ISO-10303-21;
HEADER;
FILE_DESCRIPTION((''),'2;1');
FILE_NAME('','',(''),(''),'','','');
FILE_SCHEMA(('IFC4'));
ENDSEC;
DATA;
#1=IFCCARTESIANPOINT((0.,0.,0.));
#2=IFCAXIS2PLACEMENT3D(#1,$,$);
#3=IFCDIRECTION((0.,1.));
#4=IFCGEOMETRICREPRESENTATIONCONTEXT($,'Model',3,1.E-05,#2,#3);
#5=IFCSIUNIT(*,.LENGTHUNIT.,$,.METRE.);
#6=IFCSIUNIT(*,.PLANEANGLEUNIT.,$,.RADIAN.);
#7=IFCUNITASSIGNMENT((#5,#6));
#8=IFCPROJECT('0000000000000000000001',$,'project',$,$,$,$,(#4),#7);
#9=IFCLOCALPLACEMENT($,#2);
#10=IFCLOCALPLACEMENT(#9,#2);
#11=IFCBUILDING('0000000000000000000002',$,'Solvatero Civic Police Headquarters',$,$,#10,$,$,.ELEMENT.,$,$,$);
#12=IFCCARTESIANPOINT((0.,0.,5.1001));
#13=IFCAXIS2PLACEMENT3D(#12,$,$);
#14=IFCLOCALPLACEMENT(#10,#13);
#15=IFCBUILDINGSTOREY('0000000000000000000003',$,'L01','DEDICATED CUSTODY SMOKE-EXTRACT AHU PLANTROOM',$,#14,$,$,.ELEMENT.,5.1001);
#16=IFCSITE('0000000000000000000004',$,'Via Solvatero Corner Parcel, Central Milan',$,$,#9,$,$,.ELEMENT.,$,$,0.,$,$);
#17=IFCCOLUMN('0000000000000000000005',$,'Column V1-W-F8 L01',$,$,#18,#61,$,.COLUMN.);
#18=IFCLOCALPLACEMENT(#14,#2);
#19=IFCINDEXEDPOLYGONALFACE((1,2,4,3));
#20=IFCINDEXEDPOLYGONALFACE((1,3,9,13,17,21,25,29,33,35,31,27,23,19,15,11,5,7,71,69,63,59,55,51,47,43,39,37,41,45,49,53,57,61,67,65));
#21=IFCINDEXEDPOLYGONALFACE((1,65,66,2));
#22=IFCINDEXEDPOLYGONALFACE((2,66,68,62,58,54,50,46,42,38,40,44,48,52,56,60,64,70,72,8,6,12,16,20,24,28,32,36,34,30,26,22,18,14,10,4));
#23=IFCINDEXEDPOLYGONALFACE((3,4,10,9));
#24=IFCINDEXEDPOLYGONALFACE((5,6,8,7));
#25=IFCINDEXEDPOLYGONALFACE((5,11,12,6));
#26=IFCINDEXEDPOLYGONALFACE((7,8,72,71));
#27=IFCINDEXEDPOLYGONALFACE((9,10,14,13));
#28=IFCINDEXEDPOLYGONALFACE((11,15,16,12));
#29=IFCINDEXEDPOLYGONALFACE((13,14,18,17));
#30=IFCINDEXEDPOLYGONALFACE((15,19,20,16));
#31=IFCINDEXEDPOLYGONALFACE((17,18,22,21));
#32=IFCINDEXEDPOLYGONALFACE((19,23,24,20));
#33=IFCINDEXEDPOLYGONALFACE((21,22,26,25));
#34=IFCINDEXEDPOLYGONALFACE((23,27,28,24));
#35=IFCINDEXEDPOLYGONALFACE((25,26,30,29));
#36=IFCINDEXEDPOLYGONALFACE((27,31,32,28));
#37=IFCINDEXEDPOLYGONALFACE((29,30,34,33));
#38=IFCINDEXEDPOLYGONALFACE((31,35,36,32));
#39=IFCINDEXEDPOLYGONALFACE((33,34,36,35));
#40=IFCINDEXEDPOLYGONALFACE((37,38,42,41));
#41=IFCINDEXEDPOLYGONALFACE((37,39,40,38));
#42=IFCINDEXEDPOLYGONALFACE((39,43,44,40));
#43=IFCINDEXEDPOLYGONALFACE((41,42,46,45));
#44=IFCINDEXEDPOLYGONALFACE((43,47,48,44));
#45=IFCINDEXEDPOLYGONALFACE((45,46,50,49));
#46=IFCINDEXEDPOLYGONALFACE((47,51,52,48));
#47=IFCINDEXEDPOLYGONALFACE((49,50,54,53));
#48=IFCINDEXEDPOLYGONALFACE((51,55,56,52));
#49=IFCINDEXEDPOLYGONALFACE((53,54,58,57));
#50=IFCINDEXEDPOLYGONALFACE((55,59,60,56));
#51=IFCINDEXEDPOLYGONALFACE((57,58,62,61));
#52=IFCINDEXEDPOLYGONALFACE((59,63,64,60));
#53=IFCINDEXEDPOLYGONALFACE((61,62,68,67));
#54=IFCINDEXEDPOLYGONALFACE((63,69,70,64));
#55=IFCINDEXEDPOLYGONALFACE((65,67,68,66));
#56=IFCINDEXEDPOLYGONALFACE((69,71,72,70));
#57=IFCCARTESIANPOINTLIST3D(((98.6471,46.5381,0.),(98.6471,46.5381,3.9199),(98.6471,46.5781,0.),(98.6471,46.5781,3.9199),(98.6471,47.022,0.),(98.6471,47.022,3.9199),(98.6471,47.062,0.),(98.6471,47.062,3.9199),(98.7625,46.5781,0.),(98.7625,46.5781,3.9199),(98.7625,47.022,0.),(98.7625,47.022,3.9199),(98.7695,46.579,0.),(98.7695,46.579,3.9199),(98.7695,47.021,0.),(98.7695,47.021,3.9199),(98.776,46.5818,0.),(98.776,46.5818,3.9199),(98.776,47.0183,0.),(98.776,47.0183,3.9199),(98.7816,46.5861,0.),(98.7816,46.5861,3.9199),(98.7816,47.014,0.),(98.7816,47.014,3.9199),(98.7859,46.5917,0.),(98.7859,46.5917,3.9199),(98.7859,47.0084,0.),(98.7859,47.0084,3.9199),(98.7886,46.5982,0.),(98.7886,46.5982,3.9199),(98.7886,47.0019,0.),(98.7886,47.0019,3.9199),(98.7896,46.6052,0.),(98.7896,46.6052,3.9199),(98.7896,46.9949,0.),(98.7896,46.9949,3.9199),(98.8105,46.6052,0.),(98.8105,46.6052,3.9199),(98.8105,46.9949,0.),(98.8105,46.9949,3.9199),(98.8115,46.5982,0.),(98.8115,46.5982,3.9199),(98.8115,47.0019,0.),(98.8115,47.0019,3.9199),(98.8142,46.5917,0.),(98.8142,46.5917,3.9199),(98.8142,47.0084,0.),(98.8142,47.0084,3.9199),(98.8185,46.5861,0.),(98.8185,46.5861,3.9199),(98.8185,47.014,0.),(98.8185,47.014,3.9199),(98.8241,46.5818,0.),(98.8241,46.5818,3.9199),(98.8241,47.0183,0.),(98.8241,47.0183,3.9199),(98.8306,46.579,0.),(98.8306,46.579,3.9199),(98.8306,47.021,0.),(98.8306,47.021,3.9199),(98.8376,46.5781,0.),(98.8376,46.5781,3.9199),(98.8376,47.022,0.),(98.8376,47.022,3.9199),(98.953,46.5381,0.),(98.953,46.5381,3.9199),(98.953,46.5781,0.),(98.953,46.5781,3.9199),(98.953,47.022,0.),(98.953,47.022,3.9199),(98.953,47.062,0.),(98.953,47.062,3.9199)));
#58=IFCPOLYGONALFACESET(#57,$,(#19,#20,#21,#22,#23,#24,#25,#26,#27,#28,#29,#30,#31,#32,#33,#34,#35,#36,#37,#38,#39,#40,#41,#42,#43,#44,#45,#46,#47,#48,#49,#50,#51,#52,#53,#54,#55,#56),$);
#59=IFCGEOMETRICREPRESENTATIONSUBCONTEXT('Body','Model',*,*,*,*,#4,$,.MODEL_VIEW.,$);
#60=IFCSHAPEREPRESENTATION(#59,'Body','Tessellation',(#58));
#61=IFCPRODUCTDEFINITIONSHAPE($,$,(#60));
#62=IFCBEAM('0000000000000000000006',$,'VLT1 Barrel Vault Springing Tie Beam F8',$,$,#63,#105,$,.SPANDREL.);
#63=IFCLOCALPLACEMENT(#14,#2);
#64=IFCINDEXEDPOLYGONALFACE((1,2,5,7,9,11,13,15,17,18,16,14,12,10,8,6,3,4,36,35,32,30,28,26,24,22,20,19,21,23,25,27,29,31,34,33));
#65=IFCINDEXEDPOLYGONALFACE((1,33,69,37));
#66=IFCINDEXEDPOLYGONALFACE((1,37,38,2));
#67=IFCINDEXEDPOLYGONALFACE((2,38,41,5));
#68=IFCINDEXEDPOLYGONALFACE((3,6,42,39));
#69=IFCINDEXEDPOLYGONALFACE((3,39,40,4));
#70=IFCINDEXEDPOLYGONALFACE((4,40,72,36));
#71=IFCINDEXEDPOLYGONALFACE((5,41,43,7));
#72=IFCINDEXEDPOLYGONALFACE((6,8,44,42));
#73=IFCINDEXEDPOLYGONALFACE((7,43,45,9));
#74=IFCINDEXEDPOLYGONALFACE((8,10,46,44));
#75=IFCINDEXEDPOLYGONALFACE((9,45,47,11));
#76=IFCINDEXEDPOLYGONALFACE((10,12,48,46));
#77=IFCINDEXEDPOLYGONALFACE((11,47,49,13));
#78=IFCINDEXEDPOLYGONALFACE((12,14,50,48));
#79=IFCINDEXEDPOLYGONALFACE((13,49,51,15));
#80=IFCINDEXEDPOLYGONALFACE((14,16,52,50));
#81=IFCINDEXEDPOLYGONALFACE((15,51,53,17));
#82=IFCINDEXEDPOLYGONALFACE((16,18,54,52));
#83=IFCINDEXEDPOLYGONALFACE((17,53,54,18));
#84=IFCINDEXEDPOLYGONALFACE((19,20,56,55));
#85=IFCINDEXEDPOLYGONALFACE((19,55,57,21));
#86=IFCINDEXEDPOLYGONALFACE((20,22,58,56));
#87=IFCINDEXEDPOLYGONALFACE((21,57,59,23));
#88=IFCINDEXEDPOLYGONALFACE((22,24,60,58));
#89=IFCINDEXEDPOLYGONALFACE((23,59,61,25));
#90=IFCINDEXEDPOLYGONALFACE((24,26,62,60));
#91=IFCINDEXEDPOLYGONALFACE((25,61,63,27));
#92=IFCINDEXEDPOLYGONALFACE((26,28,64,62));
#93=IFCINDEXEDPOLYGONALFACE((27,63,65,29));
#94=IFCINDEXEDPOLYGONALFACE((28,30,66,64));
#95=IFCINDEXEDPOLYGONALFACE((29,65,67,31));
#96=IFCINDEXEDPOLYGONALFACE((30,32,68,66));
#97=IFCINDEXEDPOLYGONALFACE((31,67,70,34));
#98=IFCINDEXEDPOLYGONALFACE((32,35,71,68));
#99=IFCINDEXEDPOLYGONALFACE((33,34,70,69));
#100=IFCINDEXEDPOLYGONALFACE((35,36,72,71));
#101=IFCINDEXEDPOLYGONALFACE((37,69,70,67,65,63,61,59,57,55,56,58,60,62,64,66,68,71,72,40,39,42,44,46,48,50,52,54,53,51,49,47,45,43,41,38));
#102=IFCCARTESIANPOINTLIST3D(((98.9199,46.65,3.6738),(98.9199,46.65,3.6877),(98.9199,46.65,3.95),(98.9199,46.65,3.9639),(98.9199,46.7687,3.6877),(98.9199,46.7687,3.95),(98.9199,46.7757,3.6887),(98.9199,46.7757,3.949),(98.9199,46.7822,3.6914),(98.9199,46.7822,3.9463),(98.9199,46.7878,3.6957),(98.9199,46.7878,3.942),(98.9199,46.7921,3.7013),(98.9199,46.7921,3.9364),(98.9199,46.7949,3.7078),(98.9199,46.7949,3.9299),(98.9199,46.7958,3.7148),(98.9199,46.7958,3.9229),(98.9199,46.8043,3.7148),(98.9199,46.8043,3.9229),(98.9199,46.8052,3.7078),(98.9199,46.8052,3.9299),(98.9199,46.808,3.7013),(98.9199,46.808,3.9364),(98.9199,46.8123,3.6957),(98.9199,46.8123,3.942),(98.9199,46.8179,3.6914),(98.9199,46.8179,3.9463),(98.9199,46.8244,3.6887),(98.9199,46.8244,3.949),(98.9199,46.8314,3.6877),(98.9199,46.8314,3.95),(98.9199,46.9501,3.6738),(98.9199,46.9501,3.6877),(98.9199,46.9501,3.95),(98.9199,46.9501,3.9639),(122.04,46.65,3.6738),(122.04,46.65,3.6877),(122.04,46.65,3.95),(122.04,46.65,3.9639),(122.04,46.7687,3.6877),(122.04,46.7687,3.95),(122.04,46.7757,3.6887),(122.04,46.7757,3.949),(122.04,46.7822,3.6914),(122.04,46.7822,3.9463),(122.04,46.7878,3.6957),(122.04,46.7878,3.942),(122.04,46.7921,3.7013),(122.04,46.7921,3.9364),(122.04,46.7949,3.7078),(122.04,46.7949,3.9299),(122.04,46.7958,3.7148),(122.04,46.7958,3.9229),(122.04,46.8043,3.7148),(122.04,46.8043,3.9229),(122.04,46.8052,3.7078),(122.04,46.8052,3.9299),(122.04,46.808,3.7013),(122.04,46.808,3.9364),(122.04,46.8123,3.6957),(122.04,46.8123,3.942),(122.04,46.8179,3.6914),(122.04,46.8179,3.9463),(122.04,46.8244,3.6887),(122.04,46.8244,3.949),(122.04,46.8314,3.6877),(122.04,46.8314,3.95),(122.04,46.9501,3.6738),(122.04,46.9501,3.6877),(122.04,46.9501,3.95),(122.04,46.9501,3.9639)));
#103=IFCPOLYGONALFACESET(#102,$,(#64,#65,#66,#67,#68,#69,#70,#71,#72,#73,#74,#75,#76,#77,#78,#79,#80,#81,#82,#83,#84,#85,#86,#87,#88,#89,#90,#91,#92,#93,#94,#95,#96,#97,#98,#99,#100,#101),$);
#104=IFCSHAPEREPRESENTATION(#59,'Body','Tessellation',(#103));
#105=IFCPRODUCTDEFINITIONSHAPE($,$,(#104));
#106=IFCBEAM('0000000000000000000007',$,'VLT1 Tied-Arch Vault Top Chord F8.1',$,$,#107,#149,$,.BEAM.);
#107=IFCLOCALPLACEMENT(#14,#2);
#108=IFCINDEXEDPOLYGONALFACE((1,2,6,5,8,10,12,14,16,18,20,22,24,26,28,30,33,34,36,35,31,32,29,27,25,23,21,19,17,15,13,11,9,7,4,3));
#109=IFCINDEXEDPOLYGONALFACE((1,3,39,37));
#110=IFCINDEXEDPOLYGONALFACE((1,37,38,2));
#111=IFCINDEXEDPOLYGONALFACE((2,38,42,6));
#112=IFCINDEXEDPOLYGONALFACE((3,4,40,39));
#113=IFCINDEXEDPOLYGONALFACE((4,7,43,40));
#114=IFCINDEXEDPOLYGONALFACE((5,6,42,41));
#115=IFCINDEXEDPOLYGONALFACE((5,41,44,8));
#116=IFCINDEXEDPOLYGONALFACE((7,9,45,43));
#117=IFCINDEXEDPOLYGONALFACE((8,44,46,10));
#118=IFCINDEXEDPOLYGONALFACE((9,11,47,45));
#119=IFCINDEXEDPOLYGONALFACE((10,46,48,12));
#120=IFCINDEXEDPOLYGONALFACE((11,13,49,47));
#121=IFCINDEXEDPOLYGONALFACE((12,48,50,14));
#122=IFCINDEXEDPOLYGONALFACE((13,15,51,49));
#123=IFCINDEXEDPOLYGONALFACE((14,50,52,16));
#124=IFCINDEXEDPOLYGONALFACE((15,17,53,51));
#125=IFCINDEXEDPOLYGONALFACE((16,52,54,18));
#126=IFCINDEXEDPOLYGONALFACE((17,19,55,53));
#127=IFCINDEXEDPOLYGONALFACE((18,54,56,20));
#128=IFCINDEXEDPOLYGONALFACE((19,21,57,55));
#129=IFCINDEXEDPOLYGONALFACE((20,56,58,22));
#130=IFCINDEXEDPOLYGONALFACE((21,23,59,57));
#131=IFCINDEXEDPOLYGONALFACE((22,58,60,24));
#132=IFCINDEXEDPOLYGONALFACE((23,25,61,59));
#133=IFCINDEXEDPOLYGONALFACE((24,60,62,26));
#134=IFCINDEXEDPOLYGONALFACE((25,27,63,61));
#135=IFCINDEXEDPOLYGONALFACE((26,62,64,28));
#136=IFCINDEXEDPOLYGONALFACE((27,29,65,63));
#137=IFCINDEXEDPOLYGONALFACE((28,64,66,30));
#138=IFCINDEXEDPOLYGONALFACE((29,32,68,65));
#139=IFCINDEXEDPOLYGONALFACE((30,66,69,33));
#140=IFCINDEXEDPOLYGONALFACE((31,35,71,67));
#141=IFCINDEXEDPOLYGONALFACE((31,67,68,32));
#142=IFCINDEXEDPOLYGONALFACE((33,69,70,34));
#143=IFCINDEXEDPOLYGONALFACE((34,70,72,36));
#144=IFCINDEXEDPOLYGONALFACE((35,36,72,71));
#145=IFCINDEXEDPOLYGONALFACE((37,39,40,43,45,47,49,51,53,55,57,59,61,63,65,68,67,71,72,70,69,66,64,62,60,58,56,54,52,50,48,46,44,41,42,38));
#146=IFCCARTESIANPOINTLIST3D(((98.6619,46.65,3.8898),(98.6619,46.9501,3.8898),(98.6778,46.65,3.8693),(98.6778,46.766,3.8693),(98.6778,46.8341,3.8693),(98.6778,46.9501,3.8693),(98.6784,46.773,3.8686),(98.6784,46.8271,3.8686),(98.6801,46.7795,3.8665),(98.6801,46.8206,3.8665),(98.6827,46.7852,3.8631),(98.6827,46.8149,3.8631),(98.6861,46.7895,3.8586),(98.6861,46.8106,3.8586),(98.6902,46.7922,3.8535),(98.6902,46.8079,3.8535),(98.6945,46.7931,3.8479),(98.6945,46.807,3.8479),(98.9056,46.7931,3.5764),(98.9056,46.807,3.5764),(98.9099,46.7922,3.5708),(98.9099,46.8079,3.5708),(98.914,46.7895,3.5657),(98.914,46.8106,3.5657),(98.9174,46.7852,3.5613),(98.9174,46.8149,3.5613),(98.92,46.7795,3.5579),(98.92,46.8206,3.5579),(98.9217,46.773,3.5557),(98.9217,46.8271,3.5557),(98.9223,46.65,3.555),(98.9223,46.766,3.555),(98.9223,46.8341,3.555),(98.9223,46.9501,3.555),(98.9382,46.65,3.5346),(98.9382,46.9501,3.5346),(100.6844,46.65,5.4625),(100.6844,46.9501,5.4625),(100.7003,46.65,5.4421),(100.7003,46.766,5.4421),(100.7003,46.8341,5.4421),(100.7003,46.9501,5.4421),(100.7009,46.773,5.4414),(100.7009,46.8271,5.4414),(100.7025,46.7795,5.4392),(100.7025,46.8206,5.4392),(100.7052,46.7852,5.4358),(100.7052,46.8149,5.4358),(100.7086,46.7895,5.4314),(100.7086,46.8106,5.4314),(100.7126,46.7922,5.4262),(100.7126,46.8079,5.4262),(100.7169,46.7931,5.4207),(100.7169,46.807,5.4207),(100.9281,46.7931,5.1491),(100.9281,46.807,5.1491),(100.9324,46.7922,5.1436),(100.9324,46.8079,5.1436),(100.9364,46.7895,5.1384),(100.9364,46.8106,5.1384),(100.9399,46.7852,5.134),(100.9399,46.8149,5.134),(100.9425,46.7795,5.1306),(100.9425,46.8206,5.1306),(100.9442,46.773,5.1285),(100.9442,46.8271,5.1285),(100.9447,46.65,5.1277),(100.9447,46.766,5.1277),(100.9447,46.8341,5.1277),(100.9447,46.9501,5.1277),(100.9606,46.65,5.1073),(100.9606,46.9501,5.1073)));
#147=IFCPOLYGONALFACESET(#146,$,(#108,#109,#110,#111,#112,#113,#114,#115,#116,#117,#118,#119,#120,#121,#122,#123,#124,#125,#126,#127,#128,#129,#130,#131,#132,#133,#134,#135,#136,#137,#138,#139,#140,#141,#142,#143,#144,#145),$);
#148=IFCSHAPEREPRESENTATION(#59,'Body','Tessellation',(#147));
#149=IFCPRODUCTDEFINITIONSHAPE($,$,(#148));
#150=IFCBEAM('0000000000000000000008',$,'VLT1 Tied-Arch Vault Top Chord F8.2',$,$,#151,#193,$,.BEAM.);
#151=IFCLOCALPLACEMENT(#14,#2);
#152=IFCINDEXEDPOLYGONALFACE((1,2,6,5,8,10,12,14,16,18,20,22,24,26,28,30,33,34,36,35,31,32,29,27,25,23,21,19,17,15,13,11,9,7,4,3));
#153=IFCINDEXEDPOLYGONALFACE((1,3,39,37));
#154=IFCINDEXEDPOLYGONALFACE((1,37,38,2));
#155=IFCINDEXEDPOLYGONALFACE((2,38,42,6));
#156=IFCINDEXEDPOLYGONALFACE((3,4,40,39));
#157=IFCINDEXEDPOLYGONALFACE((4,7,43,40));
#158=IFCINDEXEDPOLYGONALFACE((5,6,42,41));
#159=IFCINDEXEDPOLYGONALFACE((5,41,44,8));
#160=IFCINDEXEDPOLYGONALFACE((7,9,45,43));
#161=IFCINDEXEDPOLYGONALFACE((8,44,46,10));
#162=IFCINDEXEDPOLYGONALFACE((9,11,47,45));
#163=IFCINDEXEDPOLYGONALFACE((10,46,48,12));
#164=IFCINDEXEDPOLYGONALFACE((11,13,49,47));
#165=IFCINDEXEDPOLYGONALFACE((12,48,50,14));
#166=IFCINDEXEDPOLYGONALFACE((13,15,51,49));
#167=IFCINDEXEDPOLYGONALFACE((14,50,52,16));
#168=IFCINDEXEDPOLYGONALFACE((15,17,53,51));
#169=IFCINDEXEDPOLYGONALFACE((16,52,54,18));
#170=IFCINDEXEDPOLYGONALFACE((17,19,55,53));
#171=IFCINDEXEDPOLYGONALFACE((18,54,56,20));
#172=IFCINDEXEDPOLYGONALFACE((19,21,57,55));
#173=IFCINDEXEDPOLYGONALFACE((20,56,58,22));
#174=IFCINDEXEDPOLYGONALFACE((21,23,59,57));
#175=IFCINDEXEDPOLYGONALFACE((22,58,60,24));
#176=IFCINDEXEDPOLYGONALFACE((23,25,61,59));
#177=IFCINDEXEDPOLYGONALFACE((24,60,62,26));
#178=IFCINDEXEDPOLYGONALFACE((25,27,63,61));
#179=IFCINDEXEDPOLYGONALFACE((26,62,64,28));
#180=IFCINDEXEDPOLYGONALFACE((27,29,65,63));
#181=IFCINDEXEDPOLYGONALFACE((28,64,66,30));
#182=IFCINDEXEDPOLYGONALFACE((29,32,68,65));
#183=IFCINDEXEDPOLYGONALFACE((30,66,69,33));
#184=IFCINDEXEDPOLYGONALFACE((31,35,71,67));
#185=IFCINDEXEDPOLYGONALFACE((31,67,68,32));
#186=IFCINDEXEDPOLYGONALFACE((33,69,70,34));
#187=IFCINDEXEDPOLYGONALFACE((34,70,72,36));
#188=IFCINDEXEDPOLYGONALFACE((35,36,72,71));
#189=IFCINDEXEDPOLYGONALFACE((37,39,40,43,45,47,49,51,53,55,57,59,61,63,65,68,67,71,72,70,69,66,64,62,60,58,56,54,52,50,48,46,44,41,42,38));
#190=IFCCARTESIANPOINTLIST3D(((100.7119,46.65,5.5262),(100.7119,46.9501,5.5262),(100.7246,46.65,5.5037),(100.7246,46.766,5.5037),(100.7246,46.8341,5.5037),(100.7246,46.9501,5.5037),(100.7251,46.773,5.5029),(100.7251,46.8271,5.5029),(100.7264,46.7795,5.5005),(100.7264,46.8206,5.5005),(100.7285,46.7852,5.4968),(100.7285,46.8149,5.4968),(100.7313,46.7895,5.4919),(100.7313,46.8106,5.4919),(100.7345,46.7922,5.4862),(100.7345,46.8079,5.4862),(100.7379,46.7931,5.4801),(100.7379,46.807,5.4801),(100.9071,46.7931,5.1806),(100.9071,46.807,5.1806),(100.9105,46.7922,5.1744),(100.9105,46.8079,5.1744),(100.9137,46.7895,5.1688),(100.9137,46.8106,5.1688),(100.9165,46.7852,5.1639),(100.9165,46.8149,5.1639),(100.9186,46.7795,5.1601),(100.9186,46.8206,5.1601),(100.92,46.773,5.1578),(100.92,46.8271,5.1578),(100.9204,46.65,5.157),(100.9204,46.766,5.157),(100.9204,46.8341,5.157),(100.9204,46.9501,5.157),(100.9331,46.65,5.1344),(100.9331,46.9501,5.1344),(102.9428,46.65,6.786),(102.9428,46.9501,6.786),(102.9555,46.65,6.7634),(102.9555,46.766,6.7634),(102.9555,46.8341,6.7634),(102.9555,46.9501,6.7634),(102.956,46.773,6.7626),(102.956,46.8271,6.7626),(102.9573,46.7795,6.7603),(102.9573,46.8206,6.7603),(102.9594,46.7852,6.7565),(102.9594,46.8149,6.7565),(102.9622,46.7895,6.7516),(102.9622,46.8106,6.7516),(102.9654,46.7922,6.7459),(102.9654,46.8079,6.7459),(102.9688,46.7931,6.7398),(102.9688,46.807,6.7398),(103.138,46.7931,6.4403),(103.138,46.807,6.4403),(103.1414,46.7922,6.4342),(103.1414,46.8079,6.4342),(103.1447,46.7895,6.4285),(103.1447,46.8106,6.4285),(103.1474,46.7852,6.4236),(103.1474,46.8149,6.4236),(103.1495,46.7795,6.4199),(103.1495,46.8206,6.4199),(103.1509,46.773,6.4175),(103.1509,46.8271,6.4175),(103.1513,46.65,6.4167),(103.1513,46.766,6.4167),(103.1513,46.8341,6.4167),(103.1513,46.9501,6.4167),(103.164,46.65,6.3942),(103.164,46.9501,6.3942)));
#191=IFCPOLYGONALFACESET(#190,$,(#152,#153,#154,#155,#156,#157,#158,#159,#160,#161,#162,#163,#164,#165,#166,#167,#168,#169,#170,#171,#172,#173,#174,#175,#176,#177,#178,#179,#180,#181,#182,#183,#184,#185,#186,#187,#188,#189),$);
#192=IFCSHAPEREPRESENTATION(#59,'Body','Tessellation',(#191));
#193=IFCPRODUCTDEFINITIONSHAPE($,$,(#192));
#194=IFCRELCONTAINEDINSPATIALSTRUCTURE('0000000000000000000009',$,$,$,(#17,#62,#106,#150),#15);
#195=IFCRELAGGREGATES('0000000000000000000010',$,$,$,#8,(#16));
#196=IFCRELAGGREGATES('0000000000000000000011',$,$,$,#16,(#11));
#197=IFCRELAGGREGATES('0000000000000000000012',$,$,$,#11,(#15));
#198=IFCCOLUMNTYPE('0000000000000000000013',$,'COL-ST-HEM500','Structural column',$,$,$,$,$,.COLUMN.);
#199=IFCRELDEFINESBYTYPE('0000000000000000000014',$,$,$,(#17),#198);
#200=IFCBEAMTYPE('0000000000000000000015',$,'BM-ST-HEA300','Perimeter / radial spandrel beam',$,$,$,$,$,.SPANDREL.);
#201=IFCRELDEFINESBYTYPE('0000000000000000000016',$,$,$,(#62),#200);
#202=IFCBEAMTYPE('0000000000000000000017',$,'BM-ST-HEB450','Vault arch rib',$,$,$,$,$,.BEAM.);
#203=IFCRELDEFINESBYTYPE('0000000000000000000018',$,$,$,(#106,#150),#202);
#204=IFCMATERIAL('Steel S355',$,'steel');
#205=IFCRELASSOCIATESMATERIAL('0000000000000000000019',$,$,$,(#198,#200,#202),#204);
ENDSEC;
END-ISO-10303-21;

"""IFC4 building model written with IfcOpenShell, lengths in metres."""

from ifc_helpers import new_model, si_unit, direction, frame, origin, origin_2d, place, context, subcontext, project, spatial, i_section, extrude, material, material_profile, profile_set, type_object, element, save


model = new_model("IFC4")

# Units and contexts
model_context = context("Model", 3, precision=1e-05, world=origin(), true_north=direction((0.0, 1.0)))
body_context = subcontext(model_context, "Body", "Model", "MODEL_VIEW")
ifc_project = project(units=[si_unit("LENGTHUNIT", "METRE"), si_unit("PLANEANGLEUNIT", "RADIAN")], contexts=[model_context])

# Site, building, storey
site_placement = place(None, origin())
site = spatial("IfcSite", under=ifc_project, at=site_placement, Name="Via Solvatero Corner Parcel, Central Milan", CompositionType="ELEMENT", RefElevation=0.0)
building_placement = place(site_placement, origin())
building = spatial("IfcBuilding", under=site, at=building_placement, Name="Solvatero Civic Police Headquarters", CompositionType="ELEMENT")
storey_placement = place(building_placement, frame((0.0, 0.0, 5.1001)))
storey = spatial("IfcBuildingStorey", under=building, at=storey_placement, Name="L01", Description="DEDICATED CUSTODY SMOKE-EXTRACT AHU PLANTROOM", CompositionType="ELEMENT", Elevation=5.1001)

# Column
ifc_material_1 = material(Name="Steel S355", Category="steel")
ifc_material_profile_1 = material_profile(ifc_material_1, i_section(OverallWidth=0.3059, OverallDepth=0.5239, WebThickness=0.021, FlangeThickness=0.04, FilletRadius=0.0271, at=origin_2d()), Name="HEM 500")
ifc_profile_set_1 = profile_set([ifc_material_profile_1], Name="Steel S355")
column_type = type_object("IfcColumnType", Name="COL-ST-HEM500", Description="Structural column", PredefinedType="COLUMN", material=ifc_profile_set_1)
column_placement = place(storey_placement, frame((98.8, 46.8, 0.0), z_axis=(0.0, 0.0, 1.0), x_axis=(1.0, 0.0, 0.0)))
element("IfcColumn", 1, at=column_placement, inside=storey, type_object=column_type, Name="Column V1-W-F8 L01", PredefinedType="COLUMN", context=body_context, shape_type="SweptSolid", body=[
    extrude(i_section(OverallWidth=0.3059, OverallDepth=0.5239, WebThickness=0.021, FlangeThickness=0.04, FilletRadius=0.0271, at=origin_2d()), origin(), (0.0, 0.0, 1.0), 3.9199),
])

# Beams
ifc_material_profile_2 = material_profile(ifc_material_1, i_section(OverallWidth=0.3, OverallDepth=0.29, WebThickness=0.0085, FlangeThickness=0.0139, FilletRadius=0.0271, at=origin_2d()), Name="HEA 300")
ifc_profile_set_2 = profile_set([ifc_material_profile_2], Name="Steel S355")
beam_type_1 = type_object("IfcBeamType", Name="BM-ST-HEA300", Description="Perimeter / radial spandrel beam", PredefinedType="SPANDREL", material=ifc_profile_set_2)
beam_placement = place(storey_placement, frame((98.9199, 46.8, 3.8188), z_axis=(1.0, 0.0, 0.0), x_axis=(0.0, 1.0, 0.0)))
element("IfcBeam", 2, at=beam_placement, inside=storey, type_object=beam_type_1, Name="VLT1 Barrel Vault Springing Tie Beam F8", PredefinedType="SPANDREL", context=body_context, shape_type="SweptSolid", body=[
    extrude(i_section(OverallWidth=0.3, OverallDepth=0.29, WebThickness=0.0085, FlangeThickness=0.0139, FilletRadius=0.0271, at=origin_2d()), origin(), (0.0, 0.0, 1.0), 23.1201),
])
ifc_material_profile_3 = material_profile(ifc_material_1, i_section(OverallWidth=0.3, OverallDepth=0.45, WebThickness=0.0139, FlangeThickness=0.0259, FilletRadius=0.0271, at=origin_2d()), Name="HEB 450")
ifc_profile_set_3 = profile_set([ifc_material_profile_3], Name="Steel S355")
beam_type_2 = type_object("IfcBeamType", Name="BM-ST-HEB450", Description="Vault arch rib", PredefinedType="BEAM", material=ifc_profile_set_3)
for number, where, z_axis, x_axis, name in (
    (3, (98.8, 46.8, 3.7122), (0.789404, 0.0, 0.613875), (0.0, 1.0, 0.0), "VLT1 Tied-Arch Vault Top Chord F8.1"),
    (4, (100.8225, 46.8, 5.3303), (0.870765, 0.0, 0.491699), (0.0, 1.0, 0.0), "VLT1 Tied-Arch Vault Top Chord F8.2"),
):
    element("IfcBeam", number, at=place(storey_placement, frame(where, z_axis=z_axis, x_axis=x_axis)), inside=storey, type_object=beam_type_2, Name=name, PredefinedType="BEAM", context=body_context, shape_type="SweptSolid", body=[
        extrude(i_section(OverallWidth=0.3, OverallDepth=0.45, WebThickness=0.0139, FlangeThickness=0.0259, FilletRadius=0.0271, at=origin_2d()), origin(), (0.0, 0.0, 1.0), 2.562),
    ])

save(model, "model.ifc")
